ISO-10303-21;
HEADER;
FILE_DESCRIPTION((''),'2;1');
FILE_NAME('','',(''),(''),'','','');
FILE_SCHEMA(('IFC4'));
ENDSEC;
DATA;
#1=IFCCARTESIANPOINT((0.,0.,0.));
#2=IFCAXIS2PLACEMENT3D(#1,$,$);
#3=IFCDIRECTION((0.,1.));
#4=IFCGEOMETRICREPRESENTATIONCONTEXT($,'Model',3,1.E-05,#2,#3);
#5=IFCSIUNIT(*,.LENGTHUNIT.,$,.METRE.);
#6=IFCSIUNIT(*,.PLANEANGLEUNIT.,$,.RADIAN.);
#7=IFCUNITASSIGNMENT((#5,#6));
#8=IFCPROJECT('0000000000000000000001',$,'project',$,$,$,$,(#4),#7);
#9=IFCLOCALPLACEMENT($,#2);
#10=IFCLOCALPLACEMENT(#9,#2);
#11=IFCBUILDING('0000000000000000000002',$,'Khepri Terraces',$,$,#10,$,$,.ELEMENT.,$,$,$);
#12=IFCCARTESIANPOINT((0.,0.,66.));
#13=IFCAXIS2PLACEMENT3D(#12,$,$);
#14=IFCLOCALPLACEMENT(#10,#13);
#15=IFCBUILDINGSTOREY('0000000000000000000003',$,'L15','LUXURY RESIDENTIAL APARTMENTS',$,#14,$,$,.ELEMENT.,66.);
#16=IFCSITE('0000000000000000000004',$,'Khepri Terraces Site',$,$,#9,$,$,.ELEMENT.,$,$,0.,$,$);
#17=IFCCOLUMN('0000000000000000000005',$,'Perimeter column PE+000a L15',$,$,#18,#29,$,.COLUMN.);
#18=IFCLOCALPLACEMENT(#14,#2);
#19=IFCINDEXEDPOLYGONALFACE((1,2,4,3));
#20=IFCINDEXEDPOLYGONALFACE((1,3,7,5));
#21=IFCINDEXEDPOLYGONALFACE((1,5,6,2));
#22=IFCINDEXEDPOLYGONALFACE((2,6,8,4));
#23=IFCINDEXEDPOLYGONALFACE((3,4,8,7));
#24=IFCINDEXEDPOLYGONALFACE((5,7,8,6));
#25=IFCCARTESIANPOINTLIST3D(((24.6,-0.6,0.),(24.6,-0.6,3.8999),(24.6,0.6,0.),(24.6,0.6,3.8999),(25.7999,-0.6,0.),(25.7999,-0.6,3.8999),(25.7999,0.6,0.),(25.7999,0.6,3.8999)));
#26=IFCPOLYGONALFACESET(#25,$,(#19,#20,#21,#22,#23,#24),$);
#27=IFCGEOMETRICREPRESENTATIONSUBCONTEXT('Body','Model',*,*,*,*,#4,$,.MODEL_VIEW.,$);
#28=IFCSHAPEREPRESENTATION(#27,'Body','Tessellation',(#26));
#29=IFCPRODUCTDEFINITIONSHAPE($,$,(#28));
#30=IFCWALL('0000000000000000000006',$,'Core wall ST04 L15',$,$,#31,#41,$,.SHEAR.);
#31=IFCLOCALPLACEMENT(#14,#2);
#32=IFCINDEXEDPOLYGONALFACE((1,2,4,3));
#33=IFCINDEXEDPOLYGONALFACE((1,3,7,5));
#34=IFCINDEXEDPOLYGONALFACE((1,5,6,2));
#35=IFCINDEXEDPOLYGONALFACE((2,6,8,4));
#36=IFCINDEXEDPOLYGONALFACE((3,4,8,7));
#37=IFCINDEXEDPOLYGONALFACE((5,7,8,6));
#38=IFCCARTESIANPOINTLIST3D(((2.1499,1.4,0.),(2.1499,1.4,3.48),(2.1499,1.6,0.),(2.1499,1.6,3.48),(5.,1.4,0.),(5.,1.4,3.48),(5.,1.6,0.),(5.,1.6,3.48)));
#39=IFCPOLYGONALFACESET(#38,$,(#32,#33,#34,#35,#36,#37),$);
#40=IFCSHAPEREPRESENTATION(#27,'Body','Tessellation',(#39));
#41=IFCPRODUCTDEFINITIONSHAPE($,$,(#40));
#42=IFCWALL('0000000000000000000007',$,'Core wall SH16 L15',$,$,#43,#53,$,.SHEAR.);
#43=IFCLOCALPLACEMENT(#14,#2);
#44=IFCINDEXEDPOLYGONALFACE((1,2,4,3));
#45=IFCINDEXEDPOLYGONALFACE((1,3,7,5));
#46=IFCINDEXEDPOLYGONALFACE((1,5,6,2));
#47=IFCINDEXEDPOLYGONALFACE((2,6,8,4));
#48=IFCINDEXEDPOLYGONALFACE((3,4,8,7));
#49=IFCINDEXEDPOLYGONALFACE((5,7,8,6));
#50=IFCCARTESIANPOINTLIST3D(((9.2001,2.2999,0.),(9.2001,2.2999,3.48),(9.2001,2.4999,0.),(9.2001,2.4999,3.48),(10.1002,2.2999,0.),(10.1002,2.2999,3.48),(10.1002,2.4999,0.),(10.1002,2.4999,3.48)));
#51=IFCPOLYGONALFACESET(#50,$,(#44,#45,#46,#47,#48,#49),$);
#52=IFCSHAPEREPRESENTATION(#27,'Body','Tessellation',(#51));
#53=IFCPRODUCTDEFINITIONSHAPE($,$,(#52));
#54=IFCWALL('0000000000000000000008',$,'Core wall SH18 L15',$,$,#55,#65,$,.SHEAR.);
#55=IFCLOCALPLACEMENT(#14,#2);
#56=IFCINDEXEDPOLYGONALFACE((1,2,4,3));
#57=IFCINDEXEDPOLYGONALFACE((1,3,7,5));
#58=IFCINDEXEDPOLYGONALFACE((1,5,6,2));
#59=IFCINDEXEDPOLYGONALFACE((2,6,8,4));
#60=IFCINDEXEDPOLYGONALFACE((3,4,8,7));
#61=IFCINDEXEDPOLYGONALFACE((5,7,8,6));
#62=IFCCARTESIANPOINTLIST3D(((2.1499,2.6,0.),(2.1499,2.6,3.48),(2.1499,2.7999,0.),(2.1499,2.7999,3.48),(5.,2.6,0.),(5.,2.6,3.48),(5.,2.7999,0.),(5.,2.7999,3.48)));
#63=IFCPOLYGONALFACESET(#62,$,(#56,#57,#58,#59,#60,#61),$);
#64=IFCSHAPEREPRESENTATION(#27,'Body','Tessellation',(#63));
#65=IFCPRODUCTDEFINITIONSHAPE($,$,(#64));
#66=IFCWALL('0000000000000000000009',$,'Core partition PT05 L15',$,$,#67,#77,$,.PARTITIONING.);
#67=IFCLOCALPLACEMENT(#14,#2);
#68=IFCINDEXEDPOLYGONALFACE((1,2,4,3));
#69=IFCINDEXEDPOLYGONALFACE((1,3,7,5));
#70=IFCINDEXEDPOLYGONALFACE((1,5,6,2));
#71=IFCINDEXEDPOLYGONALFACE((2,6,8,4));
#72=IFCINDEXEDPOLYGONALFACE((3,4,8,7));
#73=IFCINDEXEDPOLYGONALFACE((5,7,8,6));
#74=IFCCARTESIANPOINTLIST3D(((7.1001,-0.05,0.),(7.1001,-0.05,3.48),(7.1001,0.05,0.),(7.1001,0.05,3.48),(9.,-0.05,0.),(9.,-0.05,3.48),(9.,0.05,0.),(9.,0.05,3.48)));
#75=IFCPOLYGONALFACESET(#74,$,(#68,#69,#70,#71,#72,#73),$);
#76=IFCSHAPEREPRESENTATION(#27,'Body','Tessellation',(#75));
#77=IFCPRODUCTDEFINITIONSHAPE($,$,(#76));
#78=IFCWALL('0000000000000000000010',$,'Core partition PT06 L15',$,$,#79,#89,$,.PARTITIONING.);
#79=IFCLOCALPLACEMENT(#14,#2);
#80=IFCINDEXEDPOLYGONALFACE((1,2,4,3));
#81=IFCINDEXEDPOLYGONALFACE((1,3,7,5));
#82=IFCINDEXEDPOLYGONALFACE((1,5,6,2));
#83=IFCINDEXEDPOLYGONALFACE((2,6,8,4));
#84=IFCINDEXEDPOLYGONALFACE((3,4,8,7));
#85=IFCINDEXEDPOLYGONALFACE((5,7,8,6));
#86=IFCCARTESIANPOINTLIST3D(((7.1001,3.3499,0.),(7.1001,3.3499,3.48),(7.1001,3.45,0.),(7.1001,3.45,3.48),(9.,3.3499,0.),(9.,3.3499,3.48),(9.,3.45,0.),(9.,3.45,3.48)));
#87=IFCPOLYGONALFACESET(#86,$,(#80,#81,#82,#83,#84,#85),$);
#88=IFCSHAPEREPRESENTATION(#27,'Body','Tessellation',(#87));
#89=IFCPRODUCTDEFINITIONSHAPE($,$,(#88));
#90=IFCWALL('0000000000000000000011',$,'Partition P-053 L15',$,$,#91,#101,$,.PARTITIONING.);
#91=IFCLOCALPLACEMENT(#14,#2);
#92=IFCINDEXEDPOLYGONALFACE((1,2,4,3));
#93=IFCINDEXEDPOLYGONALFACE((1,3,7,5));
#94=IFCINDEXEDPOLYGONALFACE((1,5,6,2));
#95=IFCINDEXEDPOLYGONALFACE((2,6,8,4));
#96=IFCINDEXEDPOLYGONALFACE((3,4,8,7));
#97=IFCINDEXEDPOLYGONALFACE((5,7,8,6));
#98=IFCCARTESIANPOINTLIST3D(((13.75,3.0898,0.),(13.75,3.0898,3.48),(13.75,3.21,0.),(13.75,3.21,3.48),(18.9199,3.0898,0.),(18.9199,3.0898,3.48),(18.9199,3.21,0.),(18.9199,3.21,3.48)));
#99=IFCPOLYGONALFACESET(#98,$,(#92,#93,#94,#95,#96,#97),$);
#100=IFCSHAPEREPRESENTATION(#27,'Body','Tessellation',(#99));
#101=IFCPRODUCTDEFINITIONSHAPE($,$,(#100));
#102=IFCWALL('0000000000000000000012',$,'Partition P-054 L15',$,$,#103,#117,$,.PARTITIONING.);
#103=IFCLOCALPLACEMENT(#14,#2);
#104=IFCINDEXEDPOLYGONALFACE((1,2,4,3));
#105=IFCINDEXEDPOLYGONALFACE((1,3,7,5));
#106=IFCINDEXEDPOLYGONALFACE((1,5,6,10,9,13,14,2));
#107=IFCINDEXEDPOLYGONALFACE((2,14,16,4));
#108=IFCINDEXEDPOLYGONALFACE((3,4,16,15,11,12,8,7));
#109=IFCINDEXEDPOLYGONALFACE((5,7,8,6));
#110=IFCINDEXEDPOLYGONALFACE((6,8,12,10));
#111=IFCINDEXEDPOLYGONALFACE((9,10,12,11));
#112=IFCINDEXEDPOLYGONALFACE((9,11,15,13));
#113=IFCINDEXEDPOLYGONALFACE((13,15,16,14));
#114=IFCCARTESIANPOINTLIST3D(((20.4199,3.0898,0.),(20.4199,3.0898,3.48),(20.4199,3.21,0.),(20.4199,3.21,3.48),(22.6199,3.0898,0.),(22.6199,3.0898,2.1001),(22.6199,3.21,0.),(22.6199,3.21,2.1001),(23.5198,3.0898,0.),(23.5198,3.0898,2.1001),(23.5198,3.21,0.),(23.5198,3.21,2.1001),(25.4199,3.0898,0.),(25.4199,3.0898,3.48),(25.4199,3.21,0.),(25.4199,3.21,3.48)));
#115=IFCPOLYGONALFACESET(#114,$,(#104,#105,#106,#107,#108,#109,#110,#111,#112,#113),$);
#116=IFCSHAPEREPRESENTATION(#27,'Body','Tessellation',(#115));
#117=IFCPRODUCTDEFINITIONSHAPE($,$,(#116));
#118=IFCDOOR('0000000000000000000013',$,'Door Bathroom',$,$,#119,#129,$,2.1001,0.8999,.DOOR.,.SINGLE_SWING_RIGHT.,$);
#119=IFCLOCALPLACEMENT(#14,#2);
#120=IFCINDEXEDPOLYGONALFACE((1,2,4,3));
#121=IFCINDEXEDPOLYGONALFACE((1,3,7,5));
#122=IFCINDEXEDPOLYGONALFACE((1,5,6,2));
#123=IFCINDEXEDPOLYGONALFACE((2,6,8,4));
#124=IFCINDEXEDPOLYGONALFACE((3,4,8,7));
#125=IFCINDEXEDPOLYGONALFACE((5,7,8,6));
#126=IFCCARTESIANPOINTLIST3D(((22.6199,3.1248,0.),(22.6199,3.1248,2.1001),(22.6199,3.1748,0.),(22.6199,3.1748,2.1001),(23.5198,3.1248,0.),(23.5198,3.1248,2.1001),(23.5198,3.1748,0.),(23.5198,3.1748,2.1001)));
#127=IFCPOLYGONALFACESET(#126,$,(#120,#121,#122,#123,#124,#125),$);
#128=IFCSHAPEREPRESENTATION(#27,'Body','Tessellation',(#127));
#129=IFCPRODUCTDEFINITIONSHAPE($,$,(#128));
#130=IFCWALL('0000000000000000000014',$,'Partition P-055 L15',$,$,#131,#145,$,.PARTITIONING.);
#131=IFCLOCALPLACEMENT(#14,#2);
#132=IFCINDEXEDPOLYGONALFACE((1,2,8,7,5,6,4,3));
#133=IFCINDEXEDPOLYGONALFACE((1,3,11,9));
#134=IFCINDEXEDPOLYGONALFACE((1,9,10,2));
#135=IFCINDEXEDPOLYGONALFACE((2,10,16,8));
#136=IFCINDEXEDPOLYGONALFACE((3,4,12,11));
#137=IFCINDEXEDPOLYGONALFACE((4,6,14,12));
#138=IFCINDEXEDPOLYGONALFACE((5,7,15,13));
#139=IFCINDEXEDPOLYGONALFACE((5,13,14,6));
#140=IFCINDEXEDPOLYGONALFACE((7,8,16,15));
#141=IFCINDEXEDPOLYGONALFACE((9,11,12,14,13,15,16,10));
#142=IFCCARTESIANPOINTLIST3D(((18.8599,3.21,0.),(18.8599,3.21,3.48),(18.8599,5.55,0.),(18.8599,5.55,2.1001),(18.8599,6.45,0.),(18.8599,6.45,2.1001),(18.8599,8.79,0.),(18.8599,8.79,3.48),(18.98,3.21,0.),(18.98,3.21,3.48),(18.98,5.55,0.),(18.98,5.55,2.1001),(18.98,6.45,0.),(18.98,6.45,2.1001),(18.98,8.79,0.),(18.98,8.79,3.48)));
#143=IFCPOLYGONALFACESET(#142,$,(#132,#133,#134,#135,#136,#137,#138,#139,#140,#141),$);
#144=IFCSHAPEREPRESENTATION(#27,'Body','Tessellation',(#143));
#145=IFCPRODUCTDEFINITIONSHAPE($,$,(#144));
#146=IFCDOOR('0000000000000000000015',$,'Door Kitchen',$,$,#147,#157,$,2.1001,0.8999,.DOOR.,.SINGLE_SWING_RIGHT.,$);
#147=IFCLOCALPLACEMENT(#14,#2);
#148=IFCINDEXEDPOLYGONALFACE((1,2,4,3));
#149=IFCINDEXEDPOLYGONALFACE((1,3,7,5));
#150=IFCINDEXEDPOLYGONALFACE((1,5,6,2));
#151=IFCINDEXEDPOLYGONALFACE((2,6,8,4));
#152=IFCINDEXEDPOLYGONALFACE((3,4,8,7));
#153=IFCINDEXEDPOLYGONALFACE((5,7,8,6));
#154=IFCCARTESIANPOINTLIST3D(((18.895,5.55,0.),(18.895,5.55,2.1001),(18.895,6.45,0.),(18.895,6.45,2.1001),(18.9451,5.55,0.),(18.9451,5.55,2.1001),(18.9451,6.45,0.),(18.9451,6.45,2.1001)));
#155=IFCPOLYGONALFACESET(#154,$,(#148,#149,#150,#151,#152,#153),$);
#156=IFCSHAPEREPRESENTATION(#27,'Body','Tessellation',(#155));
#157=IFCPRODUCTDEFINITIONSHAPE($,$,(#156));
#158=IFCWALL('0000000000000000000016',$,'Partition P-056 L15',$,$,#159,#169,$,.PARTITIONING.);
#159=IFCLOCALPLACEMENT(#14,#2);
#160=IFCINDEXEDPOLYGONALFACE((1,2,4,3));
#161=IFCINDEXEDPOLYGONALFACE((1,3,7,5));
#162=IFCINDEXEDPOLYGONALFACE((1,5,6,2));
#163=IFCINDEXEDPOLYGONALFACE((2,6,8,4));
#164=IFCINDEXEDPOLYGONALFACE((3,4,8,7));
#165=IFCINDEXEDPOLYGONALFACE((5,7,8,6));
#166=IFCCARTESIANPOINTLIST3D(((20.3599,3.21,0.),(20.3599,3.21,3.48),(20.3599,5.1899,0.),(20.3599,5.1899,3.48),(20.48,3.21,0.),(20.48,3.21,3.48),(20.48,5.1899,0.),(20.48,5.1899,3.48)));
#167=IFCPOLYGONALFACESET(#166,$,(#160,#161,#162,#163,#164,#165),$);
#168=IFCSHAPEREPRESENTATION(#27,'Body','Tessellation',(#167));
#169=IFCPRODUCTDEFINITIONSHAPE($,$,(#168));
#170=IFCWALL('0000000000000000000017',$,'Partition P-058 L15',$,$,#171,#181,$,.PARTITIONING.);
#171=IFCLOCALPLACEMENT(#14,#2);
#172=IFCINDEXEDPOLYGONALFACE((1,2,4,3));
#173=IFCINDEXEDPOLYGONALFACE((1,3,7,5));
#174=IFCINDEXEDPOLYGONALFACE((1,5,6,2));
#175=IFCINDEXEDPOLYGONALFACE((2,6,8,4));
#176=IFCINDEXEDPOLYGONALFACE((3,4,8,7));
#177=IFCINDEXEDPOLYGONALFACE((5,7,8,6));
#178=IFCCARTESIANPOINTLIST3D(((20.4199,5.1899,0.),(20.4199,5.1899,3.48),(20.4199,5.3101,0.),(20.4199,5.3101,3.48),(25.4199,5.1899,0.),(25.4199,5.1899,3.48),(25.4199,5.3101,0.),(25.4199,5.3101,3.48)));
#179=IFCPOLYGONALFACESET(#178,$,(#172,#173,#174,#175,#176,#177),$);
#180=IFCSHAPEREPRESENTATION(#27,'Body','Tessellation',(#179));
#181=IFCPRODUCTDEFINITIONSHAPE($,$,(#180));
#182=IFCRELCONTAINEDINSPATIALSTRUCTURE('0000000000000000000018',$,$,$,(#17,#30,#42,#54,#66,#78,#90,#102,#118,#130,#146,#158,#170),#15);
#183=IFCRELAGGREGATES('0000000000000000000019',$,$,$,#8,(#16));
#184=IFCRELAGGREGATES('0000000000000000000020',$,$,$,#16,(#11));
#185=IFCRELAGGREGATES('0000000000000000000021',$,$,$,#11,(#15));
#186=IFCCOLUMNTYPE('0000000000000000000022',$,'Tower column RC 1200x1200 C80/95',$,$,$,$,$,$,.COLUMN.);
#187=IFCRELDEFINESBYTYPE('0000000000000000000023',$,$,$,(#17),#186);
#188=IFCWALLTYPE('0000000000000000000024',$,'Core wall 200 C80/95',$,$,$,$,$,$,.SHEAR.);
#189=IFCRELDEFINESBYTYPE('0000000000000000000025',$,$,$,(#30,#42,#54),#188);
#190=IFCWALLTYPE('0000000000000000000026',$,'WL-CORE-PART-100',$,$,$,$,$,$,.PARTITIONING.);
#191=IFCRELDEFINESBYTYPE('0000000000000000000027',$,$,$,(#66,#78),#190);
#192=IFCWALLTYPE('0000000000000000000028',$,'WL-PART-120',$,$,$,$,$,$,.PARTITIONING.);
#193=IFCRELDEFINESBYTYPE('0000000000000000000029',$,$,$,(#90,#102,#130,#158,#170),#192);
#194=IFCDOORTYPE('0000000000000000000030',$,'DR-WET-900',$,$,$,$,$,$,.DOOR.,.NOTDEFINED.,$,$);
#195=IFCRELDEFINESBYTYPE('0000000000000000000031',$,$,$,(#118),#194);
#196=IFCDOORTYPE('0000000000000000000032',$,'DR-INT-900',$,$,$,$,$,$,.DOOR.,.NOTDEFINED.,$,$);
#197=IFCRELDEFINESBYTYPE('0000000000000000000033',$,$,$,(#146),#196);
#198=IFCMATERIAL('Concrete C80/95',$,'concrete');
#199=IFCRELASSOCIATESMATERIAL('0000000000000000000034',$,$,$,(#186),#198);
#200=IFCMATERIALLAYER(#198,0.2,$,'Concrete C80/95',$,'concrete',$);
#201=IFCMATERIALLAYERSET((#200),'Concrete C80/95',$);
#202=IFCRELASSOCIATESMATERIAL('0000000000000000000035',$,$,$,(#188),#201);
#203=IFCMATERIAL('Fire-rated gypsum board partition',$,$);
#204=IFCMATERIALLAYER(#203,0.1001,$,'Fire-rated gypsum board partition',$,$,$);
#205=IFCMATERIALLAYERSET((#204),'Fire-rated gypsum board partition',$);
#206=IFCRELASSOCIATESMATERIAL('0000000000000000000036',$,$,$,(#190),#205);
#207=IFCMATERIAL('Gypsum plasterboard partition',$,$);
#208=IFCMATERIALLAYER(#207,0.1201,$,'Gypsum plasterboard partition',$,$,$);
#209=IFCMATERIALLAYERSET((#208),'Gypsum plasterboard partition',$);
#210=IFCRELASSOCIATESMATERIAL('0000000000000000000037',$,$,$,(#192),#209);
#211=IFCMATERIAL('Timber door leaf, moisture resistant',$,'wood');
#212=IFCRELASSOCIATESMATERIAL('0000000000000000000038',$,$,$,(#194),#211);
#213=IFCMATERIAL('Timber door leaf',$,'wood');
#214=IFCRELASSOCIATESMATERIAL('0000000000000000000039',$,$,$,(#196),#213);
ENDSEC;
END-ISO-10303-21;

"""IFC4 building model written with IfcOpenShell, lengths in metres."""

from ifc_helpers import new_model, si_unit, direction, frame, frame_2d, origin, origin_2d, place, context, subcontext, project, spatial, rectangle, extrude, material, layer, layer_set, material_profile, profile_set, type_object, element, fill, save


model = new_model("IFC4")

# Units and contexts
model_context = context("Model", 3, precision=1e-05, world=origin(), true_north=direction((0.0, 1.0)))
body_context = subcontext(model_context, "Body", "Model", "MODEL_VIEW")
ifc_project = project(units=[si_unit("LENGTHUNIT", "METRE"), si_unit("PLANEANGLEUNIT", "RADIAN")], contexts=[model_context])

# Site, building, storey
site_placement = place(None, origin())
site = spatial("IfcSite", under=ifc_project, at=site_placement, Name="Khepri Terraces Site", CompositionType="ELEMENT", RefElevation=0.0)
building_placement = place(site_placement, origin())
building = spatial("IfcBuilding", under=site, at=building_placement, Name="Khepri Terraces", CompositionType="ELEMENT")
storey_placement = place(building_placement, frame((0.0, 0.0, 66.0)))
storey = spatial("IfcBuildingStorey", under=building, at=storey_placement, Name="L15", Description="LUXURY RESIDENTIAL APARTMENTS", CompositionType="ELEMENT", Elevation=66.0)

# Column
ifc_material_1 = material(Name="Concrete C80/95", Category="concrete")
ifc_material_profile = material_profile(ifc_material_1, rectangle(XDim=1.2, YDim=1.2, at=origin_2d()), Name="Concrete C80/95", Category="concrete")
ifc_profile_set = profile_set([ifc_material_profile], Name="Concrete C80/95")
column_type = type_object("IfcColumnType", Name="Tower column RC 1200x1200 C80/95", PredefinedType="COLUMN", material=ifc_profile_set)
column_placement = place(storey_placement, frame((25.2, 0.0, 0.0), z_axis=(0.0, 0.0, 1.0), x_axis=(1.0, 0.0, 0.0)))
element("IfcColumn", 1, at=column_placement, inside=storey, type_object=column_type, Name="Perimeter column PE+000a L15", PredefinedType="COLUMN", context=body_context, shape_type="SweptSolid", body=[
    extrude(rectangle(XDim=1.2, YDim=1.2, at=origin_2d()), origin(), (0.0, 0.0, 1.0), 3.8999),
])

# Walls
ifc_layer_1 = layer(ifc_material_1, 0.2, Name="Concrete C80/95", Category="concrete")
ifc_layer_set_1 = layer_set([ifc_layer_1], Name="Concrete C80/95")
wall_type_1 = type_object("IfcWallType", Name="Core wall 200 C80/95", PredefinedType="SHEAR", material=ifc_layer_set_1)
wall_1_placement = place(storey_placement, frame((2.1499, 1.5, 0.0), z_axis=(0.0, 0.0, 1.0), x_axis=(1.0, 0.0, 0.0)))
element("IfcWall", 2, at=wall_1_placement, inside=storey, type_object=wall_type_1, Name="Core wall ST04 L15", PredefinedType="SHEAR", context=body_context, shape_type="SweptSolid", body=[
    extrude(rectangle(XDim=2.8501, YDim=0.2, at=frame_2d((1.425, 0.0))), origin(), (0.0, 0.0, 1.0), 3.48),
])
wall_2_placement = place(storey_placement, frame((9.2, 2.3999, 0.0), z_axis=(0.0, 0.0, 1.0), x_axis=(1.0, 0.0, 0.0)))
element("IfcWall", 3, at=wall_2_placement, inside=storey, type_object=wall_type_1, Name="Core wall SH16 L15", PredefinedType="SHEAR", context=body_context, shape_type="SweptSolid", body=[
    extrude(rectangle(XDim=0.9001, YDim=0.2, at=frame_2d((0.4502, 0.0))), origin(), (0.0, 0.0, 1.0), 3.48),
])
wall_3_placement = place(storey_placement, frame((2.1499, 2.7, 0.0), z_axis=(0.0, 0.0, 1.0), x_axis=(1.0, 0.0, 0.0)))
element("IfcWall", 4, at=wall_3_placement, inside=storey, type_object=wall_type_1, Name="Core wall SH18 L15", PredefinedType="SHEAR", context=body_context, shape_type="SweptSolid", body=[
    extrude(rectangle(XDim=2.8501, YDim=0.2, at=frame_2d((1.425, 0.0))), origin(), (0.0, 0.0, 1.0), 3.48),
])
ifc_material_2 = material(Name="Fire-rated gypsum board partition")
ifc_layer_2 = layer(ifc_material_2, 0.1001, Name="Fire-rated gypsum board partition")
ifc_layer_set_2 = layer_set([ifc_layer_2], Name="Fire-rated gypsum board partition")
wall_type_2 = type_object("IfcWallType", Name="WL-CORE-PART-100", PredefinedType="PARTITIONING", material=ifc_layer_set_2)
for number, where, z_axis, x_axis, name in (
    (5, (7.1001, 0.0, 0.0), (0.0, 0.0, 1.0), (1.0, 0.0, 0.0), "Core partition PT05 L15"),
    (6, (7.1001, 3.3999, 0.0), (0.0, 0.0, 1.0), (1.0, 0.0, 0.0), "Core partition PT06 L15"),
):
    element("IfcWall", number, at=place(storey_placement, frame(where, z_axis=z_axis, x_axis=x_axis)), inside=storey, type_object=wall_type_2, Name=name, PredefinedType="PARTITIONING", context=body_context, shape_type="SweptSolid", body=[
        extrude(rectangle(XDim=1.8999, YDim=0.1001, at=frame_2d((0.95, 0.0))), origin(), (0.0, 0.0, 1.0), 3.48),
    ])

# Wall
ifc_material_3 = material(Name="Gypsum plasterboard partition")
ifc_layer_3 = layer(ifc_material_3, 0.1201, Name="Gypsum plasterboard partition")
ifc_layer_set_3 = layer_set([ifc_layer_3], Name="Gypsum plasterboard partition")
wall_type_3 = type_object("IfcWallType", Name="WL-PART-120", PredefinedType="PARTITIONING", material=ifc_layer_set_3)
wall_4_placement = place(storey_placement, frame((13.75, 3.1499, 0.0), z_axis=(0.0, 0.0, 1.0), x_axis=(1.0, 0.0, 0.0)))
element("IfcWall", 7, at=wall_4_placement, inside=storey, type_object=wall_type_3, Name="Partition P-053 L15", PredefinedType="PARTITIONING", context=body_context, shape_type="SweptSolid", body=[
    extrude(rectangle(XDim=5.1699, YDim=0.1201, at=frame_2d((2.585, 0.0))), origin(), (0.0, 0.0, 1.0), 3.48),
])

# Walls, openings, doors
wall_5_placement = place(storey_placement, frame((20.4199, 3.1499, 0.0), z_axis=(0.0, 0.0, 1.0), x_axis=(1.0, 0.0, 0.0)))
wall_5 = element("IfcWall", 8, at=wall_5_placement, inside=storey, type_object=wall_type_3, Name="Partition P-054 L15", PredefinedType="PARTITIONING", context=body_context, shape_type="SweptSolid", body=[
    extrude(rectangle(XDim=5.0, YDim=0.1201, at=frame_2d((2.5, 0.0))), origin(), (0.0, 0.0, 1.0), 3.48),
])
opening_1_placement = place(wall_5_placement, frame((2.2, 0.0, 0.0)))
opening_1 = element("IfcOpeningElement", 9, at=opening_1_placement, cuts=wall_5, PredefinedType="OPENING", context=body_context, shape_type="SweptSolid", body=[
    extrude(rectangle(XDim=0.8999, YDim=2.1001, at=frame_2d((0.45, 1.05))), frame((0.0, 0.0701, 0.0), z_axis=(0.0, -1.0, 0.0), x_axis=(1.0, 0.0, 0.0)), (0.0, 0.0, 1.0), 0.1401),
])
ifc_material_4 = material(Name="Timber door leaf, moisture resistant", Category="wood")
door_type_1 = type_object("IfcDoorType", Name="DR-WET-900", OperationType="NOTDEFINED", PredefinedType="DOOR", material=ifc_material_4)
door_1_placement = place(opening_1_placement, origin())
door_1 = element("IfcDoor", 10, at=door_1_placement, inside=storey, type_object=door_type_1, Name="Door Bathroom", OperationType="SINGLE_SWING_RIGHT", OverallHeight=2.1001, OverallWidth=0.8999, PredefinedType="DOOR", context=body_context, shape_type="SweptSolid", body=[
    extrude(rectangle(XDim=0.8999, YDim=2.1001, at=frame_2d((0.45, 1.05))), frame((0.0, 0.0249, 0.0), z_axis=(0.0, -1.0, 0.0), x_axis=(1.0, 0.0, 0.0)), (0.0, 0.0, 1.0), 0.05),
])
fill(opening_1, door_1)
wall_6_placement = place(storey_placement, frame((18.9199, 3.21, 0.0), z_axis=(0.0, 0.0, 1.0), x_axis=(0.0, 1.0, 0.0)))
wall_6 = element("IfcWall", 11, at=wall_6_placement, inside=storey, type_object=wall_type_3, Name="Partition P-055 L15", PredefinedType="PARTITIONING", context=body_context, shape_type="SweptSolid", body=[
    extrude(rectangle(XDim=5.5801, YDim=0.1201, at=frame_2d((2.79, 0.0))), origin(), (0.0, 0.0, 1.0), 3.48),
])
opening_2_placement = place(wall_6_placement, frame((2.3401, 0.0, 0.0)))
opening_2 = element("IfcOpeningElement", 12, at=opening_2_placement, cuts=wall_6, PredefinedType="OPENING", context=body_context, shape_type="SweptSolid", body=[
    extrude(rectangle(XDim=0.8999, YDim=2.1001, at=frame_2d((0.45, 1.05))), frame((0.0, 0.0701, 0.0), z_axis=(0.0, -1.0, 0.0), x_axis=(1.0, 0.0, 0.0)), (0.0, 0.0, 1.0), 0.1401),
])
ifc_material_5 = material(Name="Timber door leaf", Category="wood")
door_type_2 = type_object("IfcDoorType", Name="DR-INT-900", OperationType="NOTDEFINED", PredefinedType="DOOR", material=ifc_material_5)
door_2_placement = place(opening_2_placement, origin())
door_2 = element("IfcDoor", 13, at=door_2_placement, inside=storey, type_object=door_type_2, Name="Door Kitchen", OperationType="SINGLE_SWING_RIGHT", OverallHeight=2.1001, OverallWidth=0.8999, PredefinedType="DOOR", context=body_context, shape_type="SweptSolid", body=[
    extrude(rectangle(XDim=0.8999, YDim=2.1001, at=frame_2d((0.45, 1.05))), frame((0.0, 0.0249, 0.0), z_axis=(0.0, -1.0, 0.0), x_axis=(1.0, 0.0, 0.0)), (0.0, 0.0, 1.0), 0.05),
])
fill(opening_2, door_2)

# Walls
wall_7_placement = place(storey_placement, frame((20.4199, 3.21, 0.0), z_axis=(0.0, 0.0, 1.0), x_axis=(0.0, 1.0, 0.0)))
element("IfcWall", 14, at=wall_7_placement, inside=storey, type_object=wall_type_3, Name="Partition P-056 L15", PredefinedType="PARTITIONING", context=body_context, shape_type="SweptSolid", body=[
    extrude(rectangle(XDim=1.98, YDim=0.1201, at=frame_2d((0.99, 0.0))), origin(), (0.0, 0.0, 1.0), 3.48),
])
wall_8_placement = place(storey_placement, frame((20.4199, 5.25, 0.0), z_axis=(0.0, 0.0, 1.0), x_axis=(1.0, 0.0, 0.0)))
element("IfcWall", 15, at=wall_8_placement, inside=storey, type_object=wall_type_3, Name="Partition P-058 L15", PredefinedType="PARTITIONING", context=body_context, shape_type="SweptSolid", body=[
    extrude(rectangle(XDim=5.0, YDim=0.1201, at=frame_2d((2.5, 0.0))), origin(), (0.0, 0.0, 1.0), 3.48),
])

save(model, "model.ifc")
